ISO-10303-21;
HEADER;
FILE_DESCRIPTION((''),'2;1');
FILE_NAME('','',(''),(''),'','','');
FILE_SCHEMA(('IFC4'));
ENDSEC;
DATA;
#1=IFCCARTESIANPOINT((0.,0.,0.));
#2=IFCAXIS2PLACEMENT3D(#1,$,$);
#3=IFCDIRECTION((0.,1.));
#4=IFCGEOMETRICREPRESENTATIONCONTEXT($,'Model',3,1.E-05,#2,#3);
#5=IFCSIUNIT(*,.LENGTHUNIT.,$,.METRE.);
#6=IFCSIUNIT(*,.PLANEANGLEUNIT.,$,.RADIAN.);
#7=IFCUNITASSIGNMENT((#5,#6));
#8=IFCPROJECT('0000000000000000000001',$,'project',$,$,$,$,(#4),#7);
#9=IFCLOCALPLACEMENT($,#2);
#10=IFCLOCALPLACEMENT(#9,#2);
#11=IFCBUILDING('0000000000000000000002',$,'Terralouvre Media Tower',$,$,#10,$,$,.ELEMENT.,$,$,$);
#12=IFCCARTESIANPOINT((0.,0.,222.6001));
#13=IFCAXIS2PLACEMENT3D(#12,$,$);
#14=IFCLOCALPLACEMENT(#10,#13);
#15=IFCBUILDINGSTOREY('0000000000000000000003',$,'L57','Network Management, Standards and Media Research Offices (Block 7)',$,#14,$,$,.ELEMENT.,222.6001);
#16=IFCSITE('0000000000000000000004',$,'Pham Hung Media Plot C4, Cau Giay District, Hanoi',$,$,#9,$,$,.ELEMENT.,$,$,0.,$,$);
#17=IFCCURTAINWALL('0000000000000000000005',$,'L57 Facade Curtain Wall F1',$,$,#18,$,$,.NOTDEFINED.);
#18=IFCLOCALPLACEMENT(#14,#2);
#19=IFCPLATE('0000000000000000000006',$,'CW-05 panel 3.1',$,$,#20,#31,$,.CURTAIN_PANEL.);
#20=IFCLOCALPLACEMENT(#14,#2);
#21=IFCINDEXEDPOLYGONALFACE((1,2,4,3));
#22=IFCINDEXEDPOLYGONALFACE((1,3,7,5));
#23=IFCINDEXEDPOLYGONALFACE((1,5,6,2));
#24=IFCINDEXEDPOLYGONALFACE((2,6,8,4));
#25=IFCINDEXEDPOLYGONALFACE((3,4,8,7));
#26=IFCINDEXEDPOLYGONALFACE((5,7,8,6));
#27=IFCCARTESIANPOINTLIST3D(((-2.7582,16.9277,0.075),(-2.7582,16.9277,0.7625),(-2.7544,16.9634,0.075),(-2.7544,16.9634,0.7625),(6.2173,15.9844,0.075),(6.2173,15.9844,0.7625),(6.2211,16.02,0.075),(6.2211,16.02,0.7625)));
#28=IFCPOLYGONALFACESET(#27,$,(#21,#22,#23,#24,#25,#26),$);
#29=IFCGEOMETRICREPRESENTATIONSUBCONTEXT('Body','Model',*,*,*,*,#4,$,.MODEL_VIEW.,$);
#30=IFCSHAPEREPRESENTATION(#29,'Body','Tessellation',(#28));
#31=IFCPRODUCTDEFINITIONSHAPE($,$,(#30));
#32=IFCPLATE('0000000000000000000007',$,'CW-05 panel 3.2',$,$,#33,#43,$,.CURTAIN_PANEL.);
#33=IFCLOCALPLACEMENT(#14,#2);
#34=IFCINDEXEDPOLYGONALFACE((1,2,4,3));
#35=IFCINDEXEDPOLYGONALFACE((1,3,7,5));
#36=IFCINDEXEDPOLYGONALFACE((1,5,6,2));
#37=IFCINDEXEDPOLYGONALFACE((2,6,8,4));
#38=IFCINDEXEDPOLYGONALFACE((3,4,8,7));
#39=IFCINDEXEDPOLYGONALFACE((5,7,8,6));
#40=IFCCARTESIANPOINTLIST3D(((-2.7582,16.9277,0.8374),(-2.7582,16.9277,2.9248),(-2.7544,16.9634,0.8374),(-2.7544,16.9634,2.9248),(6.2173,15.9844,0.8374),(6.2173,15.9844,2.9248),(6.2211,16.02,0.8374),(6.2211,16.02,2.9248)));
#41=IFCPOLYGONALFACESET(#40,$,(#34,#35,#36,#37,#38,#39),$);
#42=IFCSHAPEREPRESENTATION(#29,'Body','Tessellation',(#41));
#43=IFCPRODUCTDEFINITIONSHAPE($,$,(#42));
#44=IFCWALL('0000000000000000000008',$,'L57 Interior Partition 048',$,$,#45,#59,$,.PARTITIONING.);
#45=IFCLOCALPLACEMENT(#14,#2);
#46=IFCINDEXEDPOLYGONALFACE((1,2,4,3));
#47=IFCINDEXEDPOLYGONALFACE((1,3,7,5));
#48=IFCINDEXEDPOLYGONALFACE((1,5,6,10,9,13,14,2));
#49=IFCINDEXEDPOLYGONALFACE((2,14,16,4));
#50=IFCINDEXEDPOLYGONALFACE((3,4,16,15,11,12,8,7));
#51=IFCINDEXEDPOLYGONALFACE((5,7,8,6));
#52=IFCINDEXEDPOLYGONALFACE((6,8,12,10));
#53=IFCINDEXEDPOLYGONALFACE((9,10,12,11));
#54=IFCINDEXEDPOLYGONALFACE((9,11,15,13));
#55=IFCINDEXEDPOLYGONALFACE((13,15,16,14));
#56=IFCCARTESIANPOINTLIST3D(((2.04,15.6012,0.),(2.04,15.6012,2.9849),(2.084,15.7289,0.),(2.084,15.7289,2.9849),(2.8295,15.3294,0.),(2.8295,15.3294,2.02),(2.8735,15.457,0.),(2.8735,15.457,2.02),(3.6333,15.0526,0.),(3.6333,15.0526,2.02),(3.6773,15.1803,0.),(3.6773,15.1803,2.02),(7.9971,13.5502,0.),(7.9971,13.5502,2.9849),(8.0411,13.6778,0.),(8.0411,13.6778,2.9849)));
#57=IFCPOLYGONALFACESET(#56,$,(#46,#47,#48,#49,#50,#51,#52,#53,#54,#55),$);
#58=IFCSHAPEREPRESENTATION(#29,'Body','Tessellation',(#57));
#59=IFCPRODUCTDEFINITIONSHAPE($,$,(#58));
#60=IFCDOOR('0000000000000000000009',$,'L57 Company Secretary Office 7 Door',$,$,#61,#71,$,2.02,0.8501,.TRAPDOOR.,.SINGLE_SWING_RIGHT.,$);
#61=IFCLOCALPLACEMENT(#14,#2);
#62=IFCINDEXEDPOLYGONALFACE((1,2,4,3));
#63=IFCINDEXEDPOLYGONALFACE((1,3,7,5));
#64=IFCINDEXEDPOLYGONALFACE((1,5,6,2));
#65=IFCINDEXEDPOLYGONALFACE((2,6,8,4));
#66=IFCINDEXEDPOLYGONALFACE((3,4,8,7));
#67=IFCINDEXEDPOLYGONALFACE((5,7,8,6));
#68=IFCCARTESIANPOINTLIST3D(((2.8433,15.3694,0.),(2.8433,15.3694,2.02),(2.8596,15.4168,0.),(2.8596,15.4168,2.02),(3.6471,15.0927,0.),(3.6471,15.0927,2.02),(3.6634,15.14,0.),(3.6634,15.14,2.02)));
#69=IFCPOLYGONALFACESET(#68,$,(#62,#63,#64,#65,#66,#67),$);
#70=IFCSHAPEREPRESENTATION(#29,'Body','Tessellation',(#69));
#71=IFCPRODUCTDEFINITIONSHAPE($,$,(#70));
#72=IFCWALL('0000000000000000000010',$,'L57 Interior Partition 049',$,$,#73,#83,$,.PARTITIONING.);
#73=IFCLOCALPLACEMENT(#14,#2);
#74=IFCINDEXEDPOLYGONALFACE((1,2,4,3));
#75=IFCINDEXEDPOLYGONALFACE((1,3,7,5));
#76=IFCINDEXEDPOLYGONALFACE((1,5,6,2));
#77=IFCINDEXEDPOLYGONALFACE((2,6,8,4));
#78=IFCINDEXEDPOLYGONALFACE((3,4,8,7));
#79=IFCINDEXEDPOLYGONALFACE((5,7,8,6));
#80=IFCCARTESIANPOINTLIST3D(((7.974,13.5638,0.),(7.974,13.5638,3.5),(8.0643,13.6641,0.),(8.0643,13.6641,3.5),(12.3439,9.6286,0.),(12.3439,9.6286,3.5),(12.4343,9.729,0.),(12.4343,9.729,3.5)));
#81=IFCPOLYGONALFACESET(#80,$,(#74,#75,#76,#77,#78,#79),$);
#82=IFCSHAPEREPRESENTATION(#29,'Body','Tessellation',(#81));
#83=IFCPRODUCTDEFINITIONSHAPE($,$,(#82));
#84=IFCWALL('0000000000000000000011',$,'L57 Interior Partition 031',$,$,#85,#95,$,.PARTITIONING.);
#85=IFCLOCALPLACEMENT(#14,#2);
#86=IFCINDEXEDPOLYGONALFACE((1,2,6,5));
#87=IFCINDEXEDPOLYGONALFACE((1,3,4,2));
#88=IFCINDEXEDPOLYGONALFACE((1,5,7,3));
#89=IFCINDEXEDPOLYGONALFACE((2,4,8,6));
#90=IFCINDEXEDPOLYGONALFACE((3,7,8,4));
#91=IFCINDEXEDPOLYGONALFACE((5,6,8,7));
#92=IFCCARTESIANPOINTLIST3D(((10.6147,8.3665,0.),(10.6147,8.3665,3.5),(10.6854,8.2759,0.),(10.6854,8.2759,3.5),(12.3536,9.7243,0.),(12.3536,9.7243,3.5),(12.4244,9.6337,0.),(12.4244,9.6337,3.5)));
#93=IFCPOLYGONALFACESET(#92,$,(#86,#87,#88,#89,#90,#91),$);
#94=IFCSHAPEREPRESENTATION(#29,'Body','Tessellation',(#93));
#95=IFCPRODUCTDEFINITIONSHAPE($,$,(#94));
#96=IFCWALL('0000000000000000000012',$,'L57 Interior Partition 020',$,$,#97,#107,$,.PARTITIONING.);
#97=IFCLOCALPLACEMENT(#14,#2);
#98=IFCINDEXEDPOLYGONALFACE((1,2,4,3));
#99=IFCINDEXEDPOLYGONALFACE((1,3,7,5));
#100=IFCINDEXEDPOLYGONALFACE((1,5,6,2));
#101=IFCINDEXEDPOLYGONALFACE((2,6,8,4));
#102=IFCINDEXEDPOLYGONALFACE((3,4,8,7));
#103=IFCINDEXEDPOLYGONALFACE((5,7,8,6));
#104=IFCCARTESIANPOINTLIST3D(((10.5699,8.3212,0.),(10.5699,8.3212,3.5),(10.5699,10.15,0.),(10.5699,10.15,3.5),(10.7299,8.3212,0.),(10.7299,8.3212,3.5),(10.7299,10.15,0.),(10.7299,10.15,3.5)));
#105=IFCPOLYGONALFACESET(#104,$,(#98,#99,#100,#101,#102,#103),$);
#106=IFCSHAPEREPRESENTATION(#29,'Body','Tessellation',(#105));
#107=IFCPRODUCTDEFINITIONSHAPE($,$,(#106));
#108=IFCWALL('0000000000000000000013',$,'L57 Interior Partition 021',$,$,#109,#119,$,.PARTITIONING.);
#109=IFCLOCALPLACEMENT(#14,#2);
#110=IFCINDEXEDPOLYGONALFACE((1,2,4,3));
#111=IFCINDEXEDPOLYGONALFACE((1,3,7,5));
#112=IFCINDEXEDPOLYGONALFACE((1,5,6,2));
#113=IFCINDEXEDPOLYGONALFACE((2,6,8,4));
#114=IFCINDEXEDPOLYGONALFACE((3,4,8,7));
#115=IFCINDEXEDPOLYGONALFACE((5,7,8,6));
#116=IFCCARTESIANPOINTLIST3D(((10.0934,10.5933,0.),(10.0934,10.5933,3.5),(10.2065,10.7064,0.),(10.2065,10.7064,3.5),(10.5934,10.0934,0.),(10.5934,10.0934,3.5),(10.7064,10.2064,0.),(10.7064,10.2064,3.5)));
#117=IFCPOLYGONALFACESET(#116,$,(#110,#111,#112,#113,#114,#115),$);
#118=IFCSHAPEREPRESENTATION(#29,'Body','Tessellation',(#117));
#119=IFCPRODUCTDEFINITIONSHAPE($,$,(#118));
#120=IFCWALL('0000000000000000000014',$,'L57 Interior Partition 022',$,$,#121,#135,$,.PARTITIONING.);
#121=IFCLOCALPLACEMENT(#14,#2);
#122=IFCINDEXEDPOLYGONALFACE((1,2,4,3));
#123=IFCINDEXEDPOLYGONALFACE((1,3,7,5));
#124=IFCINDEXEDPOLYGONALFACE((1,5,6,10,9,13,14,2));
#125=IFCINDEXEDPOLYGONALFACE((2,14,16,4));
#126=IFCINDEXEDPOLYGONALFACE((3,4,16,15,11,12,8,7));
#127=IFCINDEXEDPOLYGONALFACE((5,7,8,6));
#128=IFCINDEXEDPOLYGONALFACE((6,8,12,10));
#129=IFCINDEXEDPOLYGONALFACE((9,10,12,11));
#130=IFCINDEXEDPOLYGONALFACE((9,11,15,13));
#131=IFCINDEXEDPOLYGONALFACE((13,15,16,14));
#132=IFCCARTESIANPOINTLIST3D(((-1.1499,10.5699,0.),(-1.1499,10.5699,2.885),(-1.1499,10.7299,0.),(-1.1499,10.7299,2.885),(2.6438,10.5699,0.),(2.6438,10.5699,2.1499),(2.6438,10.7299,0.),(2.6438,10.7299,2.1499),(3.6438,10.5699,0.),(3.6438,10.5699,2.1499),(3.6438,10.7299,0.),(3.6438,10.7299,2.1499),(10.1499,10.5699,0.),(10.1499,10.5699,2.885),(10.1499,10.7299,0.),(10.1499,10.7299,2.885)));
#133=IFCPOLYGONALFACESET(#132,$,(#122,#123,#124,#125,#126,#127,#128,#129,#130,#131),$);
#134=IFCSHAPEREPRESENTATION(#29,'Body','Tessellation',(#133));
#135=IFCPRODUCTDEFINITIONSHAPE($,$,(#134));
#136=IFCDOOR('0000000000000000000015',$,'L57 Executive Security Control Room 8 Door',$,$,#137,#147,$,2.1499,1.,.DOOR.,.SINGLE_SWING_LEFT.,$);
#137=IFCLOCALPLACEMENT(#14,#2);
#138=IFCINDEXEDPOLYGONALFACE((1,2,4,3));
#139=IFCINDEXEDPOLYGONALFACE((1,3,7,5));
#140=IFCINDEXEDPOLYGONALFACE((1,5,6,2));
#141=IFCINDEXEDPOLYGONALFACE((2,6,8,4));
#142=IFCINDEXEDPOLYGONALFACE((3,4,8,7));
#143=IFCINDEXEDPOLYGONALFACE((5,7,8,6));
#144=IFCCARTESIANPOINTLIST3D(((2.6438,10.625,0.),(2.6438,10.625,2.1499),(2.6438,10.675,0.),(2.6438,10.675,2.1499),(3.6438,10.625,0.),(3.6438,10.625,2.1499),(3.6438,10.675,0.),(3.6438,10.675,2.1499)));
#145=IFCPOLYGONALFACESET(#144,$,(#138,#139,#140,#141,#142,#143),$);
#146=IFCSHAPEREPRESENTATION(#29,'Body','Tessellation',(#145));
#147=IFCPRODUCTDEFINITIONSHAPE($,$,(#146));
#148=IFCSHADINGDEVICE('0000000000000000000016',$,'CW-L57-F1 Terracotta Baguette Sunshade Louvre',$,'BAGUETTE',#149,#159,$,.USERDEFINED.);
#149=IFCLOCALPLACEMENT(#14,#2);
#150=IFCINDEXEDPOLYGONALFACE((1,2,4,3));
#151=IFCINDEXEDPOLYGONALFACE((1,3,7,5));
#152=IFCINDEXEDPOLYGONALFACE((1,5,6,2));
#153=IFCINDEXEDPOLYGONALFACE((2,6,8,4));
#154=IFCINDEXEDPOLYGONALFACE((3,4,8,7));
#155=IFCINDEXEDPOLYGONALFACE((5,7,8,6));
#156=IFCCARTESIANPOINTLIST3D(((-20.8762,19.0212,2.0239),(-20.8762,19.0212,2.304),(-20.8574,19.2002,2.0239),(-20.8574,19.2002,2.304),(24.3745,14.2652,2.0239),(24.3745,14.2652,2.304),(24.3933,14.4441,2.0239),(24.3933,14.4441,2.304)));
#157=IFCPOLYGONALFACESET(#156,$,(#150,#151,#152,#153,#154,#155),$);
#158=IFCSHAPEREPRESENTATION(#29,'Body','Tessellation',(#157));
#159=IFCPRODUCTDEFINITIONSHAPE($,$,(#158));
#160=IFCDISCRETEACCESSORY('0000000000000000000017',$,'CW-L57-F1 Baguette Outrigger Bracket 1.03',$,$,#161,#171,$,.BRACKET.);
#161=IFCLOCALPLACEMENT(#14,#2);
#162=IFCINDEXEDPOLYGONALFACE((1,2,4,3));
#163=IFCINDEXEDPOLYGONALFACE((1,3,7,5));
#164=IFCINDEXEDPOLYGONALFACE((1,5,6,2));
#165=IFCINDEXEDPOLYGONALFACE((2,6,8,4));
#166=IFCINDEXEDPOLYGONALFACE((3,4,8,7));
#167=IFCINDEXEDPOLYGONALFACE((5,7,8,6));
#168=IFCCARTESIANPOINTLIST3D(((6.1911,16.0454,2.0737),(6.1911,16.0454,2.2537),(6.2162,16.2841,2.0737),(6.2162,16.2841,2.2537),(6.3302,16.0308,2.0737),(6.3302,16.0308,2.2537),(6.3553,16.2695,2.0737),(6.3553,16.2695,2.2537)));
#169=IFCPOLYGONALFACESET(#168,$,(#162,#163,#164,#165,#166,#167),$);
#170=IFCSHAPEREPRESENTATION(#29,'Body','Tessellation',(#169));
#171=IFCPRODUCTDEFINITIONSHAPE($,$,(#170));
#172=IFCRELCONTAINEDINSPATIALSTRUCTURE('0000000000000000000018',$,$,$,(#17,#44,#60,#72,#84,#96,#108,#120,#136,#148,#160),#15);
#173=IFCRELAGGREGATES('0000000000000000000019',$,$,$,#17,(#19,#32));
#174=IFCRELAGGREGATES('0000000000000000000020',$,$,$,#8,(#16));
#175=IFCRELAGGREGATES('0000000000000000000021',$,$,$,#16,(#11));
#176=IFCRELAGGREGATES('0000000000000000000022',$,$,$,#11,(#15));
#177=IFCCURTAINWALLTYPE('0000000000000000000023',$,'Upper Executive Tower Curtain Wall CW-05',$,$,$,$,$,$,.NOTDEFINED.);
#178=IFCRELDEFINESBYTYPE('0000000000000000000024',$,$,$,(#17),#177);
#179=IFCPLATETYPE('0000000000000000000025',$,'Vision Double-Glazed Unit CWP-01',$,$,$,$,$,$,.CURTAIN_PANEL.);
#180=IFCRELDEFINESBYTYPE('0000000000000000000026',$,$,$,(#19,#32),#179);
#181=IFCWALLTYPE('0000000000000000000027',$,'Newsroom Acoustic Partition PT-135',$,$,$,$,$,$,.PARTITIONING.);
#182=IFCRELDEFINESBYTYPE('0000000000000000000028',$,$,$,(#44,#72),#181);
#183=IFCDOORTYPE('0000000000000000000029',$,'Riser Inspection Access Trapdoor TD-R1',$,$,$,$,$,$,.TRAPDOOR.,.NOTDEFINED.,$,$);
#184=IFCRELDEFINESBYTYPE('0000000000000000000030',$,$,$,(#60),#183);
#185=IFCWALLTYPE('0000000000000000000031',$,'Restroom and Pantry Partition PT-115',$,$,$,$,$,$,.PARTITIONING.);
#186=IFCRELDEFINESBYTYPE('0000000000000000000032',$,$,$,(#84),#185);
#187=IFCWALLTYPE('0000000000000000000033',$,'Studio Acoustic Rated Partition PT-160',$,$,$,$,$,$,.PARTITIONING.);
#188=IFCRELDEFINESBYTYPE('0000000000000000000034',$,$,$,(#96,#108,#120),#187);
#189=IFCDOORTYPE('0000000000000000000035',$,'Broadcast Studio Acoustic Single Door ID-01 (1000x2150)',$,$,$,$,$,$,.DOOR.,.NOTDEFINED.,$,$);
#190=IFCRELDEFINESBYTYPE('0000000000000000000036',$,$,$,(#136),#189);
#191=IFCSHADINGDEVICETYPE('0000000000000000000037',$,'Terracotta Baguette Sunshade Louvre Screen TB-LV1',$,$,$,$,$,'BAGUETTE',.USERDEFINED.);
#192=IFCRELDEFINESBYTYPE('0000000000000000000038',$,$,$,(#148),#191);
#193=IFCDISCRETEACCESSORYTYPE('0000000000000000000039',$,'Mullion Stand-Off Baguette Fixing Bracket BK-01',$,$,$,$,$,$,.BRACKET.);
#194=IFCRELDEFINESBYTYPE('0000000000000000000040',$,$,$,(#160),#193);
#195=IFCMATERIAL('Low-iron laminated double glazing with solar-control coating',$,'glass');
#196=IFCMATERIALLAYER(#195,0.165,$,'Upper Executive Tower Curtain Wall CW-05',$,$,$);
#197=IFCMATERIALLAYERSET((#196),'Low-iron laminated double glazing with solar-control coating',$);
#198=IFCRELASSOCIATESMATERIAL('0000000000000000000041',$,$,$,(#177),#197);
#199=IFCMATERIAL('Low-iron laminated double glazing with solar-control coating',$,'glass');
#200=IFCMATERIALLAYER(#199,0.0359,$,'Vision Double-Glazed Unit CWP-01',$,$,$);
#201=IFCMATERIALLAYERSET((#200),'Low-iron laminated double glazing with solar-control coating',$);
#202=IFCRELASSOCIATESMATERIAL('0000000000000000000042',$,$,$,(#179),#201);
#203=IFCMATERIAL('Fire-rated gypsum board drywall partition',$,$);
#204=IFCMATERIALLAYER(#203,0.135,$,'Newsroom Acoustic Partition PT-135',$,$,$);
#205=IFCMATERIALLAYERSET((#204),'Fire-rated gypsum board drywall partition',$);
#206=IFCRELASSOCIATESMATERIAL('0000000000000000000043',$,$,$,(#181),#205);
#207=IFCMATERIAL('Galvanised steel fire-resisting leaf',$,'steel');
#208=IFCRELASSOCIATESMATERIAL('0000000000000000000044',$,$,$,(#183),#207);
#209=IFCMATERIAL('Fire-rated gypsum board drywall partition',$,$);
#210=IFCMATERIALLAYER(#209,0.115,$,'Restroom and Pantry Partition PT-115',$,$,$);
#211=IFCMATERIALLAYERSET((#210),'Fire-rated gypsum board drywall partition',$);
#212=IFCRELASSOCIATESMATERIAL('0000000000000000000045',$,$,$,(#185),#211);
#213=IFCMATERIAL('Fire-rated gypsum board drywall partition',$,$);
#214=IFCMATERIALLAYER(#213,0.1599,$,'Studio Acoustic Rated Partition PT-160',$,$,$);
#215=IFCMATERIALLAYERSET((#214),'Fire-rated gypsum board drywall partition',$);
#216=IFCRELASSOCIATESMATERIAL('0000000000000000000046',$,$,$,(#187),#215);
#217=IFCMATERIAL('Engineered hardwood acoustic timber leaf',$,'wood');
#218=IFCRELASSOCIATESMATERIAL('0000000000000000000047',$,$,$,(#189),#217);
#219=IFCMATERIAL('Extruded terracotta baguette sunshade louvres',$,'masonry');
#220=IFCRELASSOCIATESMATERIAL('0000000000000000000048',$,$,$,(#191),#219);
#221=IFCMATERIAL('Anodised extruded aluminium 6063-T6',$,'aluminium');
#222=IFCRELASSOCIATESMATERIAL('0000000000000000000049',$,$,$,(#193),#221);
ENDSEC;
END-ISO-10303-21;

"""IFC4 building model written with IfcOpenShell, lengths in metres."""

from ifc_helpers import new_model, si_unit, direction, frame, frame_2d, origin, origin_2d, place, context, subcontext, project, spatial, rectangle, extrude, material, layer, layer_set, type_object, element, fill, aggregate, save


model = new_model("IFC4")

# Units and contexts
model_context = context("Model", 3, precision=1e-05, world=origin(), true_north=direction((0.0, 1.0)))
body_context = subcontext(model_context, "Body", "Model", "MODEL_VIEW")
ifc_project = project(units=[si_unit("LENGTHUNIT", "METRE"), si_unit("PLANEANGLEUNIT", "RADIAN")], contexts=[model_context])

# Site, building, storey
site_placement = place(None, origin())
site = spatial("IfcSite", under=ifc_project, at=site_placement, Name="Pham Hung Media Plot C4, Cau Giay District, Hanoi", CompositionType="ELEMENT", RefElevation=0.0)
building_placement = place(site_placement, origin())
building = spatial("IfcBuilding", under=site, at=building_placement, Name="Terralouvre Media Tower", CompositionType="ELEMENT")
storey_placement = place(building_placement, frame((0.0, 0.0, 222.6001)))
storey = spatial("IfcBuildingStorey", under=building, at=storey_placement, Name="L57", Description="Network Management, Standards and Media Research Offices (Block 7)", CompositionType="ELEMENT", Elevation=222.6001)

# Curtain wall
ifc_material_1 = material(Name="Low-iron laminated double glazing with solar-control coating", Category="glass")
ifc_layer_1 = layer(ifc_material_1, 0.165, Name="Upper Executive Tower Curtain Wall CW-05")
ifc_layer_set_1 = layer_set([ifc_layer_1], Name="Low-iron laminated double glazing with solar-control coating")
curtain_wall_type = type_object("IfcCurtainWallType", Name="Upper Executive Tower Curtain Wall CW-05", PredefinedType="NOTDEFINED", material=ifc_layer_set_1)
curtain_wall_placement = place(storey_placement, origin())
curtain_wall = element("IfcCurtainWall", 1, at=curtain_wall_placement, inside=storey, type_object=curtain_wall_type, Name="L57 Facade Curtain Wall F1", PredefinedType="NOTDEFINED")

# Plates
ifc_material_2 = material(Name="Low-iron laminated double glazing with solar-control coating", Category="glass")
ifc_layer_2 = layer(ifc_material_2, 0.0359, Name="Vision Double-Glazed Unit CWP-01")
ifc_layer_set_2 = layer_set([ifc_layer_2], Name="Low-iron laminated double glazing with solar-control coating")
plate_type = type_object("IfcPlateType", Name="Vision Double-Glazed Unit CWP-01", PredefinedType="CURTAIN_PANEL", material=ifc_layer_set_2)
plate_1_placement = place(storey_placement, frame((1.7314, 16.4739, 0.075), z_axis=(0.0, 0.0, 1.0), x_axis=(-0.994522, 0.104529, 0.0)))
plate_1 = element("IfcPlate", 2, at=plate_1_placement, type_object=plate_type, Name="CW-05 panel 3.1", PredefinedType="CURTAIN_PANEL", context=body_context, shape_type="SweptSolid", body=[
    extrude(rectangle(XDim=9.0249, YDim=0.0359, at=origin_2d()), origin(), (0.0, 0.0, 1.0), 0.6875),
])
plate_2_placement = place(storey_placement, frame((1.7314, 16.4739, 0.8374), z_axis=(0.0, 0.0, 1.0), x_axis=(-0.994522, 0.104529, 0.0)))
plate_2 = element("IfcPlate", 3, at=plate_2_placement, type_object=plate_type, Name="CW-05 panel 3.2", PredefinedType="CURTAIN_PANEL", context=body_context, shape_type="SweptSolid", body=[
    extrude(rectangle(XDim=9.0249, YDim=0.0359, at=origin_2d()), origin(), (0.0, 0.0, 1.0), 2.0874),
])
aggregate(curtain_wall, [plate_1, plate_2])

# Wall, opening, door
ifc_material_3 = material(Name="Fire-rated gypsum board drywall partition")
ifc_layer_3 = layer(ifc_material_3, 0.135, Name="Newsroom Acoustic Partition PT-135")
ifc_layer_set_3 = layer_set([ifc_layer_3], Name="Fire-rated gypsum board drywall partition")
wall_type_1 = type_object("IfcWallType", Name="Newsroom Acoustic Partition PT-135", PredefinedType="PARTITIONING", material=ifc_layer_set_3)
wall_1_placement = place(storey_placement, frame((2.062, 15.665, 0.0), z_axis=(0.0, 0.0, 1.0), x_axis=(0.945526, -0.325548, 0.0)))
wall_1 = element("IfcWall", 4, at=wall_1_placement, inside=storey, type_object=wall_type_1, Name="L57 Interior Partition 048", PredefinedType="PARTITIONING", context=body_context, shape_type="SweptSolid", body=[
    extrude(rectangle(XDim=6.3003, YDim=0.135, at=frame_2d((3.1501, 0.0))), origin(), (0.0, 0.0, 1.0), 2.9849),
])
opening_1_placement = place(wall_1_placement, frame((0.835, 0.0, 0.0)))
opening_1 = element("IfcOpeningElement", 5, at=opening_1_placement, cuts=wall_1, PredefinedType="OPENING", context=body_context, shape_type="SweptSolid", body=[
    extrude(rectangle(XDim=0.8501, YDim=2.02, at=frame_2d((0.425, 1.01))), frame((0.0, 0.0774, 0.0), z_axis=(0.0, -1.0, 0.0), x_axis=(1.0, 0.0, 0.0)), (0.0, 0.0, 1.0), 0.155),
])
ifc_material_4 = material(Name="Galvanised steel fire-resisting leaf", Category="steel")
door_type_1 = type_object("IfcDoorType", Name="Riser Inspection Access Trapdoor TD-R1", OperationType="NOTDEFINED", PredefinedType="TRAPDOOR", material=ifc_material_4)
door_1_placement = place(opening_1_placement, origin())
door_1 = element("IfcDoor", 6, at=door_1_placement, inside=storey, type_object=door_type_1, Name="L57 Company Secretary Office 7 Door", OperationType="SINGLE_SWING_RIGHT", OverallHeight=2.02, OverallWidth=0.8501, PredefinedType="TRAPDOOR", context=body_context, shape_type="SweptSolid", body=[
    extrude(rectangle(XDim=0.8501, YDim=2.02, at=frame_2d((0.425, 1.01))), frame((0.0, 0.0249, 0.0), z_axis=(0.0, -1.0, 0.0), x_axis=(1.0, 0.0, 0.0)), (0.0, 0.0, 1.0), 0.05),
])
fill(opening_1, door_1)

# Walls
wall_2_placement = place(storey_placement, frame((8.019, 13.614, 0.0), z_axis=(0.0, 0.0, 1.0), x_axis=(0.74311, -0.669169, 0.0)))
element("IfcWall", 7, at=wall_2_placement, inside=storey, type_object=wall_type_1, Name="L57 Interior Partition 049", PredefinedType="PARTITIONING", context=body_context, shape_type="SweptSolid", body=[
    extrude(rectangle(XDim=5.8806, YDim=0.135, at=frame_2d((2.9404, 0.0))), origin(), (0.0, 0.0, 1.0), 3.5),
])
ifc_material_5 = material(Name="Fire-rated gypsum board drywall partition")
ifc_layer_4 = layer(ifc_material_5, 0.115, Name="Restroom and Pantry Partition PT-115")
ifc_layer_set_4 = layer_set([ifc_layer_4], Name="Fire-rated gypsum board drywall partition")
wall_type_2 = type_object("IfcWallType", Name="Restroom and Pantry Partition PT-115", PredefinedType="PARTITIONING", material=ifc_layer_set_4)
wall_3_placement = place(storey_placement, frame((12.3889, 9.679, 0.0), z_axis=(0.0, 0.0, 1.0), x_axis=(-0.788177, -0.615449, 0.0)))
element("IfcWall", 8, at=wall_3_placement, inside=storey, type_object=wall_type_2, Name="L57 Interior Partition 031", PredefinedType="PARTITIONING", context=body_context, shape_type="SweptSolid", body=[
    extrude(rectangle(XDim=2.2063, YDim=0.115, at=frame_2d((1.103, 0.0))), origin(), (0.0, 0.0, 1.0), 3.5),
])
ifc_material_6 = material(Name="Fire-rated gypsum board drywall partition")
ifc_layer_5 = layer(ifc_material_6, 0.1599, Name="Studio Acoustic Rated Partition PT-160")
ifc_layer_set_5 = layer_set([ifc_layer_5], Name="Fire-rated gypsum board drywall partition")
wall_type_3 = type_object("IfcWallType", Name="Studio Acoustic Rated Partition PT-160", PredefinedType="PARTITIONING", material=ifc_layer_set_5)
wall_4_placement = place(storey_placement, frame((10.6499, 8.321, 0.0), z_axis=(0.0, 0.0, 1.0), x_axis=(0.0, 1.0, 0.0)))
element("IfcWall", 9, at=wall_4_placement, inside=storey, type_object=wall_type_3, Name="L57 Interior Partition 020", PredefinedType="PARTITIONING", context=body_context, shape_type="SweptSolid", body=[
    extrude(rectangle(XDim=1.8289, YDim=0.1599, at=frame_2d((0.9146, 0.0))), origin(), (0.0, 0.0, 1.0), 3.5),
])
wall_5_placement = place(storey_placement, frame((10.6499, 10.1499, 0.0), z_axis=(0.0, 0.0, 1.0), x_axis=(-0.707107, 0.707107, 0.0)))
element("IfcWall", 10, at=wall_5_placement, inside=storey, type_object=wall_type_3, Name="L57 Interior Partition 021", PredefinedType="PARTITIONING", context=body_context, shape_type="SweptSolid", body=[
    extrude(rectangle(XDim=0.707, YDim=0.1599, at=frame_2d((0.3535, 0.0))), origin(), (0.0, 0.0, 1.0), 3.5),
])

# Wall, opening, door
wall_6_placement = place(storey_placement, frame((10.1499, 10.6499, 0.0), z_axis=(0.0, 0.0, 1.0), x_axis=(-1.0, 0.0, 0.0)))
wall_6 = element("IfcWall", 11, at=wall_6_placement, inside=storey, type_object=wall_type_3, Name="L57 Interior Partition 022", PredefinedType="PARTITIONING", context=body_context, shape_type="SweptSolid", body=[
    extrude(rectangle(XDim=11.2998, YDim=0.1599, at=frame_2d((5.6499, 0.0))), origin(), (0.0, 0.0, 1.0), 2.885),
])
opening_2_placement = place(wall_6_placement, frame((6.5061, 0.0, 0.0)))
opening_2 = element("IfcOpeningElement", 12, at=opening_2_placement, cuts=wall_6, PredefinedType="OPENING", context=body_context, shape_type="SweptSolid", body=[
    extrude(rectangle(XDim=1.0, YDim=2.1499, at=frame_2d((0.5, 1.075))), frame((0.0, 0.0898, 0.0), z_axis=(0.0, -1.0, 0.0), x_axis=(1.0, 0.0, 0.0)), (0.0, 0.0, 1.0), 0.1799),
])
ifc_material_7 = material(Name="Engineered hardwood acoustic timber leaf", Category="wood")
door_type_2 = type_object("IfcDoorType", Name="Broadcast Studio Acoustic Single Door ID-01 (1000x2150)", OperationType="NOTDEFINED", PredefinedType="DOOR", material=ifc_material_7)
door_2_placement = place(opening_2_placement, origin())
door_2 = element("IfcDoor", 13, at=door_2_placement, inside=storey, type_object=door_type_2, Name="L57 Executive Security Control Room 8 Door", OperationType="SINGLE_SWING_LEFT", OverallHeight=2.1499, OverallWidth=1.0, PredefinedType="DOOR", context=body_context, shape_type="SweptSolid", body=[
    extrude(rectangle(XDim=1.0, YDim=2.1499, at=frame_2d((0.5, 1.075))), frame((0.0, 0.0249, 0.0), z_axis=(0.0, -1.0, 0.0), x_axis=(1.0, 0.0, 0.0)), (0.0, 0.0, 1.0), 0.05),
])
fill(opening_2, door_2)

# Shading device
ifc_material_8 = material(Name="Extruded terracotta baguette sunshade louvres", Category="masonry")
shading_device_type = type_object("IfcShadingDeviceType", Name="Terracotta Baguette Sunshade Louvre Screen TB-LV1", ElementType="BAGUETTE", PredefinedType="USERDEFINED", material=ifc_material_8)
shading_device_placement = place(storey_placement, frame((1.7585, 16.7327, 2.0239), z_axis=(0.0, 0.0, 1.0), x_axis=(-0.994522, 0.104529, 0.0)))
element("IfcShadingDevice", 14, at=shading_device_placement, inside=storey, type_object=shading_device_type, Name="CW-L57-F1 Terracotta Baguette Sunshade Louvre", ObjectType="BAGUETTE", PredefinedType="USERDEFINED", context=body_context, shape_type="SweptSolid", body=[
    extrude(rectangle(XDim=45.5, YDim=0.1799, at=origin_2d()), origin(), (0.0, 0.0, 1.0), 0.28),
])

# Discrete accessory
ifc_material_9 = material(Name="Anodised extruded aluminium 6063-T6", Category="aluminium")
discrete_accessory_type = type_object("IfcDiscreteAccessoryType", Name="Mullion Stand-Off Baguette Fixing Bracket BK-01", PredefinedType="BRACKET", material=ifc_material_9)
discrete_accessory_placement = place(storey_placement, frame((6.2732, 16.1575, 2.0737), z_axis=(0.0, 0.0, 1.0), x_axis=(-0.994522, 0.104529, 0.0)))
element("IfcDiscreteAccessory", 15, at=discrete_accessory_placement, inside=storey, type_object=discrete_accessory_type, Name="CW-L57-F1 Baguette Outrigger Bracket 1.03", PredefinedType="BRACKET", context=body_context, shape_type="SweptSolid", body=[
    extrude(rectangle(XDim=0.1399, YDim=0.24, at=origin_2d()), origin(), (0.0, 0.0, 1.0), 0.1799),
])

save(model, "model.ifc")
